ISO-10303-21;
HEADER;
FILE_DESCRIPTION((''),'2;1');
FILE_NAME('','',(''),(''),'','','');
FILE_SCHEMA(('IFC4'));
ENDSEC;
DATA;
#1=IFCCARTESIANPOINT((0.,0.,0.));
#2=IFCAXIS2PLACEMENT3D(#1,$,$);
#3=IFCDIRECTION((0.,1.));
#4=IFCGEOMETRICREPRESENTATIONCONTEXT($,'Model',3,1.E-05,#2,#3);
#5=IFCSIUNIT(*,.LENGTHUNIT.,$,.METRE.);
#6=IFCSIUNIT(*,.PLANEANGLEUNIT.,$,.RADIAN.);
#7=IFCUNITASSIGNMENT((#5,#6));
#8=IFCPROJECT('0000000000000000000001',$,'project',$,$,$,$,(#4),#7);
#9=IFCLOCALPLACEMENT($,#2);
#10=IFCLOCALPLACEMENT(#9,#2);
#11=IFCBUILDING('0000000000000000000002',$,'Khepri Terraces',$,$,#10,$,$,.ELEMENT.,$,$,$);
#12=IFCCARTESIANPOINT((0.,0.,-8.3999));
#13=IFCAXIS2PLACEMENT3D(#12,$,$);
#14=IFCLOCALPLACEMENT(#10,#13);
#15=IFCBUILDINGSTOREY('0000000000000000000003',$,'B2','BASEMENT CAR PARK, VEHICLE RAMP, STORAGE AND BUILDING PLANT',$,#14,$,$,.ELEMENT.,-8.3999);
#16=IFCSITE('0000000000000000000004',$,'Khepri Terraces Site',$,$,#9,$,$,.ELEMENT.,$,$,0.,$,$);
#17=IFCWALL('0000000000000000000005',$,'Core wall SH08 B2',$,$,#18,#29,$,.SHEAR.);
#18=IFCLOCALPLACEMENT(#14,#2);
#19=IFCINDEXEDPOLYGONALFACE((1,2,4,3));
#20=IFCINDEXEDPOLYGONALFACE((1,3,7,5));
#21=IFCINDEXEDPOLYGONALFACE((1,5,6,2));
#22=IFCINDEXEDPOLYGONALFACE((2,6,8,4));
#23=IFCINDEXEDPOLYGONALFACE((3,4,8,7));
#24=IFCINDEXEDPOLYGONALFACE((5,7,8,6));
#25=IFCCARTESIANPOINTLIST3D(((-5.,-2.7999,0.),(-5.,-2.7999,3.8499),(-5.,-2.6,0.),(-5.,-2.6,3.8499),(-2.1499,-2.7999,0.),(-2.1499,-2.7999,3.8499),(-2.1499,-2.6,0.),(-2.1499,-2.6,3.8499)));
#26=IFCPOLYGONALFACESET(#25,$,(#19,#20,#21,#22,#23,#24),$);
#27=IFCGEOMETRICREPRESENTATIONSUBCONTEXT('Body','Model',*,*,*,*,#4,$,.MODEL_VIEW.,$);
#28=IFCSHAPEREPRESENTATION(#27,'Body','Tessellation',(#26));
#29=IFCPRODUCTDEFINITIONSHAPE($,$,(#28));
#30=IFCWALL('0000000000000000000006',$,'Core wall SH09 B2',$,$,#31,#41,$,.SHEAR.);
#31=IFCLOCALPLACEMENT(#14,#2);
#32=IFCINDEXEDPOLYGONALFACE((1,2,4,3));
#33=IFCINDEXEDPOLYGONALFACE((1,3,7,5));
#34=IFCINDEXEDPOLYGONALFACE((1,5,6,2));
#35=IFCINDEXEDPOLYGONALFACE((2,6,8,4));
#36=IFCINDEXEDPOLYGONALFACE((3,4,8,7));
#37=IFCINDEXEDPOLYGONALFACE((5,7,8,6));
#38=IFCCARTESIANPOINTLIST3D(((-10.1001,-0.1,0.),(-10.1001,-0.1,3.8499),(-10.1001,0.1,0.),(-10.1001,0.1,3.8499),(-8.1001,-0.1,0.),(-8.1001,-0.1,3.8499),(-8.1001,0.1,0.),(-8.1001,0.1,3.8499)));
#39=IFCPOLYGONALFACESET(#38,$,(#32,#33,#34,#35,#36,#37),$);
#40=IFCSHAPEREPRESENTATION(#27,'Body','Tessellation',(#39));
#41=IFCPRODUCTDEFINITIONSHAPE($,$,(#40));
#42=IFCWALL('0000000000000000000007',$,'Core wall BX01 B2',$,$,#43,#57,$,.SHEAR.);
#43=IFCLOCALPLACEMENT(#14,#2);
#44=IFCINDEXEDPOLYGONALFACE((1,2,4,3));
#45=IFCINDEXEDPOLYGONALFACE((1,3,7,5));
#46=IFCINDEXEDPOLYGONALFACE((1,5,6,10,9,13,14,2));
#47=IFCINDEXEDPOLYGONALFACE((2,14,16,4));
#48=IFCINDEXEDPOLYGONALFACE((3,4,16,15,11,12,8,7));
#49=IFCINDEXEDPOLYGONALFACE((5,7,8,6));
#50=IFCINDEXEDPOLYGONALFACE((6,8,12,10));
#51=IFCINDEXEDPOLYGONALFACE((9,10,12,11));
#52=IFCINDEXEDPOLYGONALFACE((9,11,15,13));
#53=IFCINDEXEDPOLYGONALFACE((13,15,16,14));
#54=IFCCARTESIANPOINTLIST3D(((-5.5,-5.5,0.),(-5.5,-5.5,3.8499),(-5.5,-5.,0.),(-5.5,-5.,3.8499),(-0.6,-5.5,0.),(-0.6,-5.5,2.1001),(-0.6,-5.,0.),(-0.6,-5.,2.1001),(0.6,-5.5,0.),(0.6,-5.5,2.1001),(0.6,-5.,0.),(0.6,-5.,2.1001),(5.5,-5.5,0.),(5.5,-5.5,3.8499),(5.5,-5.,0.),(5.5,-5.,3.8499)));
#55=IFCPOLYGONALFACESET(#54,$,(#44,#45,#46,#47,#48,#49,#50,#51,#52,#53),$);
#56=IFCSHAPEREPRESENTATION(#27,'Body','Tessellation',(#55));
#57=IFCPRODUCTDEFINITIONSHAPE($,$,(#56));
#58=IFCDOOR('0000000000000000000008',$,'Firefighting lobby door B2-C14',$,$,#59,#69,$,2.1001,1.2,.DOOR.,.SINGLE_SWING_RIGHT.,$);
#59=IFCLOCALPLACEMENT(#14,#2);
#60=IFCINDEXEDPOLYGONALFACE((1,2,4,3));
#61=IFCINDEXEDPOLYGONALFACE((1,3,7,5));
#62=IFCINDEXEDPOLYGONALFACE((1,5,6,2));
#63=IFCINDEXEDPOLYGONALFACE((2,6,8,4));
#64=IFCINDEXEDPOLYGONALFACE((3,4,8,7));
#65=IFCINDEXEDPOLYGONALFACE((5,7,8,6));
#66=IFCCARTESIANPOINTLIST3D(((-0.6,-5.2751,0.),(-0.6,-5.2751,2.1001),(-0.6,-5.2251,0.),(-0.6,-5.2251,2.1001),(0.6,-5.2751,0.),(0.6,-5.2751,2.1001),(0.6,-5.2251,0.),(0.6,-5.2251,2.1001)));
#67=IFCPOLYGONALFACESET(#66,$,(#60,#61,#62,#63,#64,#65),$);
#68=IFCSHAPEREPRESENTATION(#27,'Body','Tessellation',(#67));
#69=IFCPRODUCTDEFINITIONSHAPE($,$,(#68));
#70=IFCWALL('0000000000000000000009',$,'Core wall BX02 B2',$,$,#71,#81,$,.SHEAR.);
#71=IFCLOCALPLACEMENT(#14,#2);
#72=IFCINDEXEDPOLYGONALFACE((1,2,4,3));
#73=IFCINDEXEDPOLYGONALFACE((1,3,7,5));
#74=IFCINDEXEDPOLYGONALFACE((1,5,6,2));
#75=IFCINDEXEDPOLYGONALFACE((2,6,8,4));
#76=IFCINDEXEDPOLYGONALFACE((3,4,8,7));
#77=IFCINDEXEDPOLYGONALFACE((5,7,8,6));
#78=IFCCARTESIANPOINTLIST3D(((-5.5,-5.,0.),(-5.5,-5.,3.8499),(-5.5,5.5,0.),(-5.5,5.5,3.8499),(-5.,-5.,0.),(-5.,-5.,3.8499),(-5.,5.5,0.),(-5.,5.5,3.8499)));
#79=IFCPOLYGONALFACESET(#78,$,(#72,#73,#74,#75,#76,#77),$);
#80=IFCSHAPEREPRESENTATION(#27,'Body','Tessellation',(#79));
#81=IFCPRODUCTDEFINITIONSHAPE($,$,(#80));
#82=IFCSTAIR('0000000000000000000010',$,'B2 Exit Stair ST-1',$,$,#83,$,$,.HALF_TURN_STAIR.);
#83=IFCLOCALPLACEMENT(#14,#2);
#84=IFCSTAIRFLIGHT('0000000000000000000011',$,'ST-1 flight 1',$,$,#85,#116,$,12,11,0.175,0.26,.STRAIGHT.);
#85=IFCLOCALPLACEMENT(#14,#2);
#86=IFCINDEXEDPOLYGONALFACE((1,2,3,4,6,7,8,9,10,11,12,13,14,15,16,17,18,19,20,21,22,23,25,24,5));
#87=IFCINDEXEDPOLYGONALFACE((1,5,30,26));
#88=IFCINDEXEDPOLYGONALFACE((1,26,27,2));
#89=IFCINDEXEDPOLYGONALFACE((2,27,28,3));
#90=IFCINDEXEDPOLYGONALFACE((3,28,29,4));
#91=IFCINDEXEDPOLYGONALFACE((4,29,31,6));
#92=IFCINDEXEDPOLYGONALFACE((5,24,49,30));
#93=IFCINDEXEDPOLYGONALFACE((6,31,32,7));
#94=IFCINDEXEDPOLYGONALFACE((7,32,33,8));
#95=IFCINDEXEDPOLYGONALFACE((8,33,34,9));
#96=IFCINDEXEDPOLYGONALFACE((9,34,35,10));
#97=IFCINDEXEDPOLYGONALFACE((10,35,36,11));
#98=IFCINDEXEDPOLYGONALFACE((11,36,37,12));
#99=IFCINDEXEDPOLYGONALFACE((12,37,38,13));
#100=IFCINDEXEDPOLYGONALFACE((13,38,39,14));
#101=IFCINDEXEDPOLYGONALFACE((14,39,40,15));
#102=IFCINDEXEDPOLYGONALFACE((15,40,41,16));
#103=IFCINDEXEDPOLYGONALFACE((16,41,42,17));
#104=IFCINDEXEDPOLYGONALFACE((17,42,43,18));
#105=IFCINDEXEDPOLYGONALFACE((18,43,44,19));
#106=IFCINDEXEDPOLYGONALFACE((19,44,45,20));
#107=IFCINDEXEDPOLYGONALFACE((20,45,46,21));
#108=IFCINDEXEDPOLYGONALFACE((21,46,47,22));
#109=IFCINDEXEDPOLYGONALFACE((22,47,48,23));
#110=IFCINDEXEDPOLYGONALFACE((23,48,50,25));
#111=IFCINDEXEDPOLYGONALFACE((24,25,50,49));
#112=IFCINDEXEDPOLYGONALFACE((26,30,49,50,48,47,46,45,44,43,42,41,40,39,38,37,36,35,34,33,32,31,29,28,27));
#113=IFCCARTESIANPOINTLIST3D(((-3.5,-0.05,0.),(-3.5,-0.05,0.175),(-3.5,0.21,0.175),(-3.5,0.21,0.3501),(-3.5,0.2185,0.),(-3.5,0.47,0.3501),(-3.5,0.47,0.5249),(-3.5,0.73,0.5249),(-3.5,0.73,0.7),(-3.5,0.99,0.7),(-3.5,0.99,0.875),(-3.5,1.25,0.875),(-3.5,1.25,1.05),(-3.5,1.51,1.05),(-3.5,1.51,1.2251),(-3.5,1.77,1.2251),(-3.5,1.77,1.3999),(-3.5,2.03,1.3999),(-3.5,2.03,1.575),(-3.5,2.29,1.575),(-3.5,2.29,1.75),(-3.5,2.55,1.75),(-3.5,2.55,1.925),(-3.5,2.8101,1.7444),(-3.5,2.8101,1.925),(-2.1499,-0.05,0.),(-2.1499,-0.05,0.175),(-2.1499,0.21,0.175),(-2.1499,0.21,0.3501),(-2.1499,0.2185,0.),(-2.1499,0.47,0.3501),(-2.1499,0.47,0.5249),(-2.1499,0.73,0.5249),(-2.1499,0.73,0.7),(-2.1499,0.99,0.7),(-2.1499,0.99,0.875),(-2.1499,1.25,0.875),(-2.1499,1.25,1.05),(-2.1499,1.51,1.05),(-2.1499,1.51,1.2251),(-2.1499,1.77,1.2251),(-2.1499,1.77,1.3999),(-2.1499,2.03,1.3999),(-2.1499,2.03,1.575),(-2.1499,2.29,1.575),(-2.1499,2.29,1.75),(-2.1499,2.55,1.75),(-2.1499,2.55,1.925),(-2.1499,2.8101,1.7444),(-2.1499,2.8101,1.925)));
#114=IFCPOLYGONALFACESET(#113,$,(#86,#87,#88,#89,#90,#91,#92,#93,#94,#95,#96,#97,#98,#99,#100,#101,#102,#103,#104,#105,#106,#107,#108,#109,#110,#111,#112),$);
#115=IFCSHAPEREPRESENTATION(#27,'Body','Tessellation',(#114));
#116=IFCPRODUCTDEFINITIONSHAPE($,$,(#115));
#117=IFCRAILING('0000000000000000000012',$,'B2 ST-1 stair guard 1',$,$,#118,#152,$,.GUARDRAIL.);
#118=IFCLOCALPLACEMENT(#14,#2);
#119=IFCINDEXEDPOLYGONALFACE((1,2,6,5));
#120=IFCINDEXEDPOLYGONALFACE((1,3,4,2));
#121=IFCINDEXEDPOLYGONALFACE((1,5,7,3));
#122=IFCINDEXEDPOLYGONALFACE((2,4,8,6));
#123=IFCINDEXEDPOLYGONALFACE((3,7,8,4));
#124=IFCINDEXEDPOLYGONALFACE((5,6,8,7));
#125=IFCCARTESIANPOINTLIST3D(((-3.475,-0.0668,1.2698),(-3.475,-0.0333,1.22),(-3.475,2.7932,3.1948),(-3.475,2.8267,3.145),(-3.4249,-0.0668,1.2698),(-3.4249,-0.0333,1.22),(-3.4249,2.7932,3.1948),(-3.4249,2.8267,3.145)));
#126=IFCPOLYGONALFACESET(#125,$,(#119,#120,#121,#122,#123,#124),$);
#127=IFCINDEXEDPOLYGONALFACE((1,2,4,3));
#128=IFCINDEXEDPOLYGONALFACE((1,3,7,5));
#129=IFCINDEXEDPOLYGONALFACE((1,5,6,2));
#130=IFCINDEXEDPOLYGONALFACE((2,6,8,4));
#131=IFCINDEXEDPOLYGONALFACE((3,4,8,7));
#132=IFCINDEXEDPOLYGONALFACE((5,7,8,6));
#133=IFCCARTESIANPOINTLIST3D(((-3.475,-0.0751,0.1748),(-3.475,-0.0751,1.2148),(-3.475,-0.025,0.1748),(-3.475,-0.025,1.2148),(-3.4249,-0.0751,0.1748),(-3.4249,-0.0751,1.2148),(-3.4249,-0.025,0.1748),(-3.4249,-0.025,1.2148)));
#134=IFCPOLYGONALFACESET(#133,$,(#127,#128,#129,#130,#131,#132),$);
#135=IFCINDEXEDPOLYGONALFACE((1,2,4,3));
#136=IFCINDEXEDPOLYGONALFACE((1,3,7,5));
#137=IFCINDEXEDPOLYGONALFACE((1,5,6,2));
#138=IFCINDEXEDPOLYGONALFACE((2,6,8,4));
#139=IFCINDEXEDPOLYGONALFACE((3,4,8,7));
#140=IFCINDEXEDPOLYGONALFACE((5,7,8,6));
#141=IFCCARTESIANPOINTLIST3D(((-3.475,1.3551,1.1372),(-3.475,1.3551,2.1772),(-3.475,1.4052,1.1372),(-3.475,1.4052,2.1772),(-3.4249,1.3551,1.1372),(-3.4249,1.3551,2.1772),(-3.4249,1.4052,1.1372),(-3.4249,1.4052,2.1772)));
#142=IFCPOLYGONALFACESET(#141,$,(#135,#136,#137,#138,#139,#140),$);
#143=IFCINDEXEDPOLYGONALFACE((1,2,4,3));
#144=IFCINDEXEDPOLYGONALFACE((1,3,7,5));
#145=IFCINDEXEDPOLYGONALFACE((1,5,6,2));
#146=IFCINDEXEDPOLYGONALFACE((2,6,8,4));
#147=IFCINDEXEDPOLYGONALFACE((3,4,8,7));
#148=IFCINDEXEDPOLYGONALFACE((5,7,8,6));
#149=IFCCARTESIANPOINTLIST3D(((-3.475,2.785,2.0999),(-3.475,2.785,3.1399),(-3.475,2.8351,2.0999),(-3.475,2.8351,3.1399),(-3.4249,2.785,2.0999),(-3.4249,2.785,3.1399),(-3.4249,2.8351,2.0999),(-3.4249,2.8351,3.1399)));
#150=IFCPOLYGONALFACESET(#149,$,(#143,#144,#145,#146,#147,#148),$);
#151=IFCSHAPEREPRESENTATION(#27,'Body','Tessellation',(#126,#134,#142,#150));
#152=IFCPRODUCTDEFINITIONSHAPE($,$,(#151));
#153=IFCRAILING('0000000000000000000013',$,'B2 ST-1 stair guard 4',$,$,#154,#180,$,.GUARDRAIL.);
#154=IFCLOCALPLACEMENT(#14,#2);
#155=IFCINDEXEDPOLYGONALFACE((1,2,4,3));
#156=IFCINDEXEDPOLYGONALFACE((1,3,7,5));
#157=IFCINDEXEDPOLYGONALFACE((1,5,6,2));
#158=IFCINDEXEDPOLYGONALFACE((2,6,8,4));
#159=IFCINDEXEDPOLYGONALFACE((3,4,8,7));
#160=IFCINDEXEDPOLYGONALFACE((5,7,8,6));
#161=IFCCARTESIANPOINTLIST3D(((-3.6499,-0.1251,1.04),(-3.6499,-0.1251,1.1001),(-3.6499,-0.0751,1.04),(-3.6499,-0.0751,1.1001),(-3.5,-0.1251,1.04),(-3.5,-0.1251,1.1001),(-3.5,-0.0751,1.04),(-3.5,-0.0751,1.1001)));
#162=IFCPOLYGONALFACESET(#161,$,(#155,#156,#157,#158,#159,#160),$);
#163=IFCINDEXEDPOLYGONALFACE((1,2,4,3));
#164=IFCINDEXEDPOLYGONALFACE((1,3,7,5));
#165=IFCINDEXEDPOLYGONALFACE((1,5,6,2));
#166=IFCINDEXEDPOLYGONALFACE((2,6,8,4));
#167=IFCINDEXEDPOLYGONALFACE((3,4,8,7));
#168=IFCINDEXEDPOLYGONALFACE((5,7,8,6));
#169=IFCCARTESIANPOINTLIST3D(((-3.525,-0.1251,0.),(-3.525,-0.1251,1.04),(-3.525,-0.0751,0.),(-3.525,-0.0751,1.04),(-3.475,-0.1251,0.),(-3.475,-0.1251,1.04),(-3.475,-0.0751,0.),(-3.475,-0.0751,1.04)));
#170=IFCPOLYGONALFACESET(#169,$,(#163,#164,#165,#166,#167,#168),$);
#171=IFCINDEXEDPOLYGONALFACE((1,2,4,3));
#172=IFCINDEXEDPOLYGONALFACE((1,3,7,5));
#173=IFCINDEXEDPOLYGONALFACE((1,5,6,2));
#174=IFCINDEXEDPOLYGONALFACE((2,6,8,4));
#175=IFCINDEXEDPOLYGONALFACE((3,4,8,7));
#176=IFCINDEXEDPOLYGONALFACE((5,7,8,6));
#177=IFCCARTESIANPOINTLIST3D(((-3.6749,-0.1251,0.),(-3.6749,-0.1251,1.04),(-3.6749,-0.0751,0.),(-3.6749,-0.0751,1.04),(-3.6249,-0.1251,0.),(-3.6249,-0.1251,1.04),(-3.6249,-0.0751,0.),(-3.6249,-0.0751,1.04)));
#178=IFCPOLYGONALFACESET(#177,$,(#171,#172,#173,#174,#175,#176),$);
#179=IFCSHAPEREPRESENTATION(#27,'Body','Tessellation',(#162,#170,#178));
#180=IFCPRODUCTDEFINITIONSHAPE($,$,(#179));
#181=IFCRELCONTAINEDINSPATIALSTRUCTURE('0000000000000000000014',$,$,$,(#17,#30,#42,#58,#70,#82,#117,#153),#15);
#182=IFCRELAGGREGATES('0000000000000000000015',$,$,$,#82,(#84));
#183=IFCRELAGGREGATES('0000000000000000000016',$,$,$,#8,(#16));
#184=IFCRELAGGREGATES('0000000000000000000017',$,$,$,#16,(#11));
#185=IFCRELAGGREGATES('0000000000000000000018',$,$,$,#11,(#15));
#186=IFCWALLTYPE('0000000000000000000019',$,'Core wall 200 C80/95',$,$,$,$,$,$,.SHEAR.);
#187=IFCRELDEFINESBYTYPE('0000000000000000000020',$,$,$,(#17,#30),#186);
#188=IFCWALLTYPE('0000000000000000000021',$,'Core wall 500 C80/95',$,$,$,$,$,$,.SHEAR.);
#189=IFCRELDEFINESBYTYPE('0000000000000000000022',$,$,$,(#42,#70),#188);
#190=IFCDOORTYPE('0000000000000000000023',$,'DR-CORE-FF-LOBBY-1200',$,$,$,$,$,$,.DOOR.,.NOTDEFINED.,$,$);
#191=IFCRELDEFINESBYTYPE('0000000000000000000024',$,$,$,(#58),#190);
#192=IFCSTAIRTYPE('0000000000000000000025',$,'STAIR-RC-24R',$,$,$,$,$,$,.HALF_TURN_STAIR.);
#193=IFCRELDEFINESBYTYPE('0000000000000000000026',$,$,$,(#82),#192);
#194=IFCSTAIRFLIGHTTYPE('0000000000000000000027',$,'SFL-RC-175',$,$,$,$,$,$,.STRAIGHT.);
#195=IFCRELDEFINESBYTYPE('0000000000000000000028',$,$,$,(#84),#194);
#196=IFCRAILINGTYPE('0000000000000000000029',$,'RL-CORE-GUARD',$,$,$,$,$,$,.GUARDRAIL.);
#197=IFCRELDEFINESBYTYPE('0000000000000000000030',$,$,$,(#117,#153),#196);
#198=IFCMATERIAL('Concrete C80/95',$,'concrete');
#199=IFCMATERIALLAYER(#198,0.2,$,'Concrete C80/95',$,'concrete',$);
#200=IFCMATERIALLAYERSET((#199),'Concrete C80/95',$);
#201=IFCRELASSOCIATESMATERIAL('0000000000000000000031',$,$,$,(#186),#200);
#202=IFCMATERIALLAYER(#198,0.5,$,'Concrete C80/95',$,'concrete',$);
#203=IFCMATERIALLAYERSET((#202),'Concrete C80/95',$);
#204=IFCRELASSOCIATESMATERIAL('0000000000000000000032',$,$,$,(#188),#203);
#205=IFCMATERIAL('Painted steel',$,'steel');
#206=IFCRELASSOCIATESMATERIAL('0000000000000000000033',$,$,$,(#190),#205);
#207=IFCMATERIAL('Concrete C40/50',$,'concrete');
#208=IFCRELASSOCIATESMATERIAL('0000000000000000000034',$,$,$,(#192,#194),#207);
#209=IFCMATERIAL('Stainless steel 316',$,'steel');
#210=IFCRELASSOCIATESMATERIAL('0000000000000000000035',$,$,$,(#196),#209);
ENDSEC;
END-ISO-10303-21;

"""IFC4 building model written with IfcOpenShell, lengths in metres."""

from ifc_helpers import new_model, si_unit, direction, frame, frame_2d, origin, origin_2d, place, context, subcontext, project, spatial, polyline, rectangle, outline, extrude, material, layer, layer_set, type_object, element, fill, aggregate, save


model = new_model("IFC4")

# Units and contexts
model_context = context("Model", 3, precision=1e-05, world=origin(), true_north=direction((0.0, 1.0)))
body_context = subcontext(model_context, "Body", "Model", "MODEL_VIEW")
ifc_project = project(units=[si_unit("LENGTHUNIT", "METRE"), si_unit("PLANEANGLEUNIT", "RADIAN")], contexts=[model_context])

# Site, building, storey
site_placement = place(None, origin())
site = spatial("IfcSite", under=ifc_project, at=site_placement, Name="Khepri Terraces Site", CompositionType="ELEMENT", RefElevation=0.0)
building_placement = place(site_placement, origin())
building = spatial("IfcBuilding", under=site, at=building_placement, Name="Khepri Terraces", CompositionType="ELEMENT")
storey_placement = place(building_placement, frame((0.0, 0.0, -8.3999)))
storey = spatial("IfcBuildingStorey", under=building, at=storey_placement, Name="B2", Description="BASEMENT CAR PARK, VEHICLE RAMP, STORAGE AND BUILDING PLANT", CompositionType="ELEMENT", Elevation=-8.3999)

# Shared definitions
ifc_material_1 = material(Name="Concrete C80/95", Category="concrete")
ifc_layer_1 = layer(ifc_material_1, 0.2, Name="Concrete C80/95", Category="concrete")
ifc_layer_set_1 = layer_set([ifc_layer_1], Name="Concrete C80/95")
wall_type_1 = type_object("IfcWallType", Name="Core wall 200 C80/95", PredefinedType="SHEAR", material=ifc_layer_set_1)

# Shared definitions
ifc_material_2 = material(Name="Painted steel", Category="steel")

# Walls
wall_1_placement = place(storey_placement, frame((-5.0, -2.7, 0.0), z_axis=(0.0, 0.0, 1.0), x_axis=(1.0, 0.0, 0.0)))
element("IfcWall", 1, at=wall_1_placement, inside=storey, type_object=wall_type_1, Name="Core wall SH08 B2", PredefinedType="SHEAR", context=body_context, shape_type="SweptSolid", body=[
    extrude(rectangle(XDim=2.8501, YDim=0.2, at=frame_2d((1.425, 0.0))), origin(), (0.0, 0.0, 1.0), 3.8499),
])
wall_2_placement = place(storey_placement, frame((-10.1001, 0.0, 0.0), z_axis=(0.0, 0.0, 1.0), x_axis=(1.0, 0.0, 0.0)))
element("IfcWall", 2, at=wall_2_placement, inside=storey, type_object=wall_type_1, Name="Core wall SH09 B2", PredefinedType="SHEAR", context=body_context, shape_type="SweptSolid", body=[
    extrude(rectangle(XDim=2.0, YDim=0.2, at=frame_2d((1.0, 0.0))), origin(), (0.0, 0.0, 1.0), 3.8499),
])

# Wall, opening, door
ifc_layer_2 = layer(ifc_material_1, 0.5, Name="Concrete C80/95", Category="concrete")
ifc_layer_set_2 = layer_set([ifc_layer_2], Name="Concrete C80/95")
wall_type_2 = type_object("IfcWallType", Name="Core wall 500 C80/95", PredefinedType="SHEAR", material=ifc_layer_set_2)
wall_3_placement = place(storey_placement, frame((-5.5, -5.25, 0.0), z_axis=(0.0, 0.0, 1.0), x_axis=(1.0, 0.0, 0.0)))
wall_3 = element("IfcWall", 3, at=wall_3_placement, inside=storey, type_object=wall_type_2, Name="Core wall BX01 B2", PredefinedType="SHEAR", context=body_context, shape_type="SweptSolid", body=[
    extrude(rectangle(XDim=11.0, YDim=0.5, at=frame_2d((5.5, 0.0))), origin(), (0.0, 0.0, 1.0), 3.8499),
])
opening_1_placement = place(wall_3_placement, frame((4.8999, 0.0, 0.0)))
opening_1 = element("IfcOpeningElement", 4, at=opening_1_placement, cuts=wall_3, PredefinedType="OPENING", context=body_context, shape_type="SweptSolid", body=[
    extrude(rectangle(XDim=1.2, YDim=2.1001, at=frame_2d((0.6001, 1.05))), frame((0.0, 0.26, 0.0), z_axis=(0.0, -1.0, 0.0), x_axis=(1.0, 0.0, 0.0)), (0.0, 0.0, 1.0), 0.52),
])
door_type_1 = type_object("IfcDoorType", Name="DR-CORE-FF-LOBBY-1200", OperationType="NOTDEFINED", PredefinedType="DOOR", material=ifc_material_2)
door_1_placement = place(opening_1_placement, origin())
door_1 = element("IfcDoor", 5, at=door_1_placement, inside=storey, type_object=door_type_1, Name="Firefighting lobby door B2-C14", OperationType="SINGLE_SWING_RIGHT", OverallHeight=2.1001, OverallWidth=1.2, PredefinedType="DOOR", context=body_context, shape_type="SweptSolid", body=[
    extrude(rectangle(XDim=1.2, YDim=2.1001, at=frame_2d((0.6001, 1.05))), frame((0.0, 0.0249, 0.0), z_axis=(0.0, -1.0, 0.0), x_axis=(1.0, 0.0, 0.0)), (0.0, 0.0, 1.0), 0.05),
])
fill(opening_1, door_1)

# Wall
wall_4_placement = place(storey_placement, frame((-5.25, -5.0, 0.0), z_axis=(0.0, 0.0, 1.0), x_axis=(0.0, 1.0, 0.0)))
element("IfcWall", 6, at=wall_4_placement, inside=storey, type_object=wall_type_2, Name="Core wall BX02 B2", PredefinedType="SHEAR", context=body_context, shape_type="SweptSolid", body=[
    extrude(rectangle(XDim=10.5, YDim=0.5, at=frame_2d((5.25, 0.0))), origin(), (0.0, 0.0, 1.0), 3.8499),
])

# Stair, stair flight
ifc_material_3 = material(Name="Concrete C40/50", Category="concrete")
stair_type = type_object("IfcStairType", Name="STAIR-RC-24R", PredefinedType="HALF_TURN_STAIR", material=ifc_material_3)
stair_placement = place(storey_placement, origin())
stair = element("IfcStair", 7, at=stair_placement, inside=storey, type_object=stair_type, Name="B2 Exit Stair ST-1", PredefinedType="HALF_TURN_STAIR")
stair_flight_type = type_object("IfcStairFlightType", Name="SFL-RC-175", PredefinedType="STRAIGHT", material=ifc_material_3)
stair_flight_placement = place(storey_placement, frame((-2.825, -0.05, 0.0), z_axis=(0.0, 0.0, 1.0), x_axis=(0.0, 1.0, 0.0)))
stair_flight = element("IfcStairFlight", 8, at=stair_flight_placement, type_object=stair_flight_type, Name="ST-1 flight 1", NumberOfRisers=12, NumberOfTreads=11, PredefinedType="STRAIGHT", RiserHeight=0.175, TreadLength=0.26, context=body_context, shape_type="SweptSolid", body=[
    extrude(outline(polyline([(0.0, 0.0), (0.0, 0.175), (0.26, 0.175), (0.26, 0.3501), (0.52, 0.3501), (0.52, 0.5249), (0.78, 0.5249), (0.78, 0.7), (1.04, 0.7), (1.04, 0.875), (1.3, 0.875), (1.3, 1.05), (1.5601, 1.05), (1.5601, 1.2251), (1.8201, 1.2251), (1.8201, 1.3999), (2.0801, 1.3999), (2.0801, 1.575), (2.3401, 1.575), (2.3401, 1.75), (2.6001, 1.75), (2.6001, 1.925), (2.8601, 1.925), (2.8601, 2.1001), (2.8601, 1.7444), (0.2686, 0.0), (0.0, 0.0)])), frame((0.0, 0.675, 0.0), z_axis=(0.0, -1.0, 0.0), x_axis=(1.0, 0.0, 0.0)), (0.0, 0.0, 1.0), 1.3501),
])
aggregate(stair, [stair_flight])

# Railings
ifc_material_4 = material(Name="Stainless steel 316", Category="steel")
railing_type_1 = type_object("IfcRailingType", Name="RL-CORE-GUARD", PredefinedType="GUARDRAIL", material=ifc_material_4)
railing_1_placement = place(storey_placement, frame((-3.45, -0.05, 0.1748)))
element("IfcRailing", 9, at=railing_1_placement, inside=storey, type_object=railing_type_1, Name="B2 ST-1 stair guard 1", PredefinedType="GUARDRAIL", context=body_context, shape_type="SweptSolid", body=[
    extrude(rectangle(XDim=0.05, YDim=0.0601, at=origin_2d()), frame((0.0, 0.0, 1.0701), z_axis=(0.0, 0.829591, 0.558372), x_axis=(-1.0, 0.0, 0.0)), (0.0, 0.0, 1.0), 3.4475),
    extrude(rectangle(XDim=0.05, YDim=0.05, at=origin_2d()), origin(), (0.0, 0.0, 1.0), 1.04),
    extrude(rectangle(XDim=0.05, YDim=0.05, at=origin_2d()), frame((0.0, 1.4302, 0.9624)), (0.0, 0.0, 1.0), 1.04),
    extrude(rectangle(XDim=0.05, YDim=0.05, at=origin_2d()), frame((0.0, 2.8601, 1.925)), (0.0, 0.0, 1.0), 1.04),
])
railing_2_placement = place(storey_placement, frame((-3.5, -0.1001, 0.0)))
element("IfcRailing", 10, at=railing_2_placement, inside=storey, type_object=railing_type_1, Name="B2 ST-1 stair guard 4", PredefinedType="GUARDRAIL", context=body_context, shape_type="SweptSolid", body=[
    extrude(rectangle(XDim=0.05, YDim=0.0601, at=origin_2d()), frame((0.0, 0.0, 1.0701), z_axis=(-1.0, 0.0, 0.0), x_axis=(0.0, -1.0, 0.0)), (0.0, 0.0, 1.0), 0.1499),
    extrude(rectangle(XDim=0.05, YDim=0.05, at=origin_2d()), origin(), (0.0, 0.0, 1.0), 1.04),
    extrude(rectangle(XDim=0.05, YDim=0.05, at=origin_2d()), frame((-0.1499, 0.0, 0.0)), (0.0, 0.0, 1.0), 1.04),
])

save(model, "model.ifc")
